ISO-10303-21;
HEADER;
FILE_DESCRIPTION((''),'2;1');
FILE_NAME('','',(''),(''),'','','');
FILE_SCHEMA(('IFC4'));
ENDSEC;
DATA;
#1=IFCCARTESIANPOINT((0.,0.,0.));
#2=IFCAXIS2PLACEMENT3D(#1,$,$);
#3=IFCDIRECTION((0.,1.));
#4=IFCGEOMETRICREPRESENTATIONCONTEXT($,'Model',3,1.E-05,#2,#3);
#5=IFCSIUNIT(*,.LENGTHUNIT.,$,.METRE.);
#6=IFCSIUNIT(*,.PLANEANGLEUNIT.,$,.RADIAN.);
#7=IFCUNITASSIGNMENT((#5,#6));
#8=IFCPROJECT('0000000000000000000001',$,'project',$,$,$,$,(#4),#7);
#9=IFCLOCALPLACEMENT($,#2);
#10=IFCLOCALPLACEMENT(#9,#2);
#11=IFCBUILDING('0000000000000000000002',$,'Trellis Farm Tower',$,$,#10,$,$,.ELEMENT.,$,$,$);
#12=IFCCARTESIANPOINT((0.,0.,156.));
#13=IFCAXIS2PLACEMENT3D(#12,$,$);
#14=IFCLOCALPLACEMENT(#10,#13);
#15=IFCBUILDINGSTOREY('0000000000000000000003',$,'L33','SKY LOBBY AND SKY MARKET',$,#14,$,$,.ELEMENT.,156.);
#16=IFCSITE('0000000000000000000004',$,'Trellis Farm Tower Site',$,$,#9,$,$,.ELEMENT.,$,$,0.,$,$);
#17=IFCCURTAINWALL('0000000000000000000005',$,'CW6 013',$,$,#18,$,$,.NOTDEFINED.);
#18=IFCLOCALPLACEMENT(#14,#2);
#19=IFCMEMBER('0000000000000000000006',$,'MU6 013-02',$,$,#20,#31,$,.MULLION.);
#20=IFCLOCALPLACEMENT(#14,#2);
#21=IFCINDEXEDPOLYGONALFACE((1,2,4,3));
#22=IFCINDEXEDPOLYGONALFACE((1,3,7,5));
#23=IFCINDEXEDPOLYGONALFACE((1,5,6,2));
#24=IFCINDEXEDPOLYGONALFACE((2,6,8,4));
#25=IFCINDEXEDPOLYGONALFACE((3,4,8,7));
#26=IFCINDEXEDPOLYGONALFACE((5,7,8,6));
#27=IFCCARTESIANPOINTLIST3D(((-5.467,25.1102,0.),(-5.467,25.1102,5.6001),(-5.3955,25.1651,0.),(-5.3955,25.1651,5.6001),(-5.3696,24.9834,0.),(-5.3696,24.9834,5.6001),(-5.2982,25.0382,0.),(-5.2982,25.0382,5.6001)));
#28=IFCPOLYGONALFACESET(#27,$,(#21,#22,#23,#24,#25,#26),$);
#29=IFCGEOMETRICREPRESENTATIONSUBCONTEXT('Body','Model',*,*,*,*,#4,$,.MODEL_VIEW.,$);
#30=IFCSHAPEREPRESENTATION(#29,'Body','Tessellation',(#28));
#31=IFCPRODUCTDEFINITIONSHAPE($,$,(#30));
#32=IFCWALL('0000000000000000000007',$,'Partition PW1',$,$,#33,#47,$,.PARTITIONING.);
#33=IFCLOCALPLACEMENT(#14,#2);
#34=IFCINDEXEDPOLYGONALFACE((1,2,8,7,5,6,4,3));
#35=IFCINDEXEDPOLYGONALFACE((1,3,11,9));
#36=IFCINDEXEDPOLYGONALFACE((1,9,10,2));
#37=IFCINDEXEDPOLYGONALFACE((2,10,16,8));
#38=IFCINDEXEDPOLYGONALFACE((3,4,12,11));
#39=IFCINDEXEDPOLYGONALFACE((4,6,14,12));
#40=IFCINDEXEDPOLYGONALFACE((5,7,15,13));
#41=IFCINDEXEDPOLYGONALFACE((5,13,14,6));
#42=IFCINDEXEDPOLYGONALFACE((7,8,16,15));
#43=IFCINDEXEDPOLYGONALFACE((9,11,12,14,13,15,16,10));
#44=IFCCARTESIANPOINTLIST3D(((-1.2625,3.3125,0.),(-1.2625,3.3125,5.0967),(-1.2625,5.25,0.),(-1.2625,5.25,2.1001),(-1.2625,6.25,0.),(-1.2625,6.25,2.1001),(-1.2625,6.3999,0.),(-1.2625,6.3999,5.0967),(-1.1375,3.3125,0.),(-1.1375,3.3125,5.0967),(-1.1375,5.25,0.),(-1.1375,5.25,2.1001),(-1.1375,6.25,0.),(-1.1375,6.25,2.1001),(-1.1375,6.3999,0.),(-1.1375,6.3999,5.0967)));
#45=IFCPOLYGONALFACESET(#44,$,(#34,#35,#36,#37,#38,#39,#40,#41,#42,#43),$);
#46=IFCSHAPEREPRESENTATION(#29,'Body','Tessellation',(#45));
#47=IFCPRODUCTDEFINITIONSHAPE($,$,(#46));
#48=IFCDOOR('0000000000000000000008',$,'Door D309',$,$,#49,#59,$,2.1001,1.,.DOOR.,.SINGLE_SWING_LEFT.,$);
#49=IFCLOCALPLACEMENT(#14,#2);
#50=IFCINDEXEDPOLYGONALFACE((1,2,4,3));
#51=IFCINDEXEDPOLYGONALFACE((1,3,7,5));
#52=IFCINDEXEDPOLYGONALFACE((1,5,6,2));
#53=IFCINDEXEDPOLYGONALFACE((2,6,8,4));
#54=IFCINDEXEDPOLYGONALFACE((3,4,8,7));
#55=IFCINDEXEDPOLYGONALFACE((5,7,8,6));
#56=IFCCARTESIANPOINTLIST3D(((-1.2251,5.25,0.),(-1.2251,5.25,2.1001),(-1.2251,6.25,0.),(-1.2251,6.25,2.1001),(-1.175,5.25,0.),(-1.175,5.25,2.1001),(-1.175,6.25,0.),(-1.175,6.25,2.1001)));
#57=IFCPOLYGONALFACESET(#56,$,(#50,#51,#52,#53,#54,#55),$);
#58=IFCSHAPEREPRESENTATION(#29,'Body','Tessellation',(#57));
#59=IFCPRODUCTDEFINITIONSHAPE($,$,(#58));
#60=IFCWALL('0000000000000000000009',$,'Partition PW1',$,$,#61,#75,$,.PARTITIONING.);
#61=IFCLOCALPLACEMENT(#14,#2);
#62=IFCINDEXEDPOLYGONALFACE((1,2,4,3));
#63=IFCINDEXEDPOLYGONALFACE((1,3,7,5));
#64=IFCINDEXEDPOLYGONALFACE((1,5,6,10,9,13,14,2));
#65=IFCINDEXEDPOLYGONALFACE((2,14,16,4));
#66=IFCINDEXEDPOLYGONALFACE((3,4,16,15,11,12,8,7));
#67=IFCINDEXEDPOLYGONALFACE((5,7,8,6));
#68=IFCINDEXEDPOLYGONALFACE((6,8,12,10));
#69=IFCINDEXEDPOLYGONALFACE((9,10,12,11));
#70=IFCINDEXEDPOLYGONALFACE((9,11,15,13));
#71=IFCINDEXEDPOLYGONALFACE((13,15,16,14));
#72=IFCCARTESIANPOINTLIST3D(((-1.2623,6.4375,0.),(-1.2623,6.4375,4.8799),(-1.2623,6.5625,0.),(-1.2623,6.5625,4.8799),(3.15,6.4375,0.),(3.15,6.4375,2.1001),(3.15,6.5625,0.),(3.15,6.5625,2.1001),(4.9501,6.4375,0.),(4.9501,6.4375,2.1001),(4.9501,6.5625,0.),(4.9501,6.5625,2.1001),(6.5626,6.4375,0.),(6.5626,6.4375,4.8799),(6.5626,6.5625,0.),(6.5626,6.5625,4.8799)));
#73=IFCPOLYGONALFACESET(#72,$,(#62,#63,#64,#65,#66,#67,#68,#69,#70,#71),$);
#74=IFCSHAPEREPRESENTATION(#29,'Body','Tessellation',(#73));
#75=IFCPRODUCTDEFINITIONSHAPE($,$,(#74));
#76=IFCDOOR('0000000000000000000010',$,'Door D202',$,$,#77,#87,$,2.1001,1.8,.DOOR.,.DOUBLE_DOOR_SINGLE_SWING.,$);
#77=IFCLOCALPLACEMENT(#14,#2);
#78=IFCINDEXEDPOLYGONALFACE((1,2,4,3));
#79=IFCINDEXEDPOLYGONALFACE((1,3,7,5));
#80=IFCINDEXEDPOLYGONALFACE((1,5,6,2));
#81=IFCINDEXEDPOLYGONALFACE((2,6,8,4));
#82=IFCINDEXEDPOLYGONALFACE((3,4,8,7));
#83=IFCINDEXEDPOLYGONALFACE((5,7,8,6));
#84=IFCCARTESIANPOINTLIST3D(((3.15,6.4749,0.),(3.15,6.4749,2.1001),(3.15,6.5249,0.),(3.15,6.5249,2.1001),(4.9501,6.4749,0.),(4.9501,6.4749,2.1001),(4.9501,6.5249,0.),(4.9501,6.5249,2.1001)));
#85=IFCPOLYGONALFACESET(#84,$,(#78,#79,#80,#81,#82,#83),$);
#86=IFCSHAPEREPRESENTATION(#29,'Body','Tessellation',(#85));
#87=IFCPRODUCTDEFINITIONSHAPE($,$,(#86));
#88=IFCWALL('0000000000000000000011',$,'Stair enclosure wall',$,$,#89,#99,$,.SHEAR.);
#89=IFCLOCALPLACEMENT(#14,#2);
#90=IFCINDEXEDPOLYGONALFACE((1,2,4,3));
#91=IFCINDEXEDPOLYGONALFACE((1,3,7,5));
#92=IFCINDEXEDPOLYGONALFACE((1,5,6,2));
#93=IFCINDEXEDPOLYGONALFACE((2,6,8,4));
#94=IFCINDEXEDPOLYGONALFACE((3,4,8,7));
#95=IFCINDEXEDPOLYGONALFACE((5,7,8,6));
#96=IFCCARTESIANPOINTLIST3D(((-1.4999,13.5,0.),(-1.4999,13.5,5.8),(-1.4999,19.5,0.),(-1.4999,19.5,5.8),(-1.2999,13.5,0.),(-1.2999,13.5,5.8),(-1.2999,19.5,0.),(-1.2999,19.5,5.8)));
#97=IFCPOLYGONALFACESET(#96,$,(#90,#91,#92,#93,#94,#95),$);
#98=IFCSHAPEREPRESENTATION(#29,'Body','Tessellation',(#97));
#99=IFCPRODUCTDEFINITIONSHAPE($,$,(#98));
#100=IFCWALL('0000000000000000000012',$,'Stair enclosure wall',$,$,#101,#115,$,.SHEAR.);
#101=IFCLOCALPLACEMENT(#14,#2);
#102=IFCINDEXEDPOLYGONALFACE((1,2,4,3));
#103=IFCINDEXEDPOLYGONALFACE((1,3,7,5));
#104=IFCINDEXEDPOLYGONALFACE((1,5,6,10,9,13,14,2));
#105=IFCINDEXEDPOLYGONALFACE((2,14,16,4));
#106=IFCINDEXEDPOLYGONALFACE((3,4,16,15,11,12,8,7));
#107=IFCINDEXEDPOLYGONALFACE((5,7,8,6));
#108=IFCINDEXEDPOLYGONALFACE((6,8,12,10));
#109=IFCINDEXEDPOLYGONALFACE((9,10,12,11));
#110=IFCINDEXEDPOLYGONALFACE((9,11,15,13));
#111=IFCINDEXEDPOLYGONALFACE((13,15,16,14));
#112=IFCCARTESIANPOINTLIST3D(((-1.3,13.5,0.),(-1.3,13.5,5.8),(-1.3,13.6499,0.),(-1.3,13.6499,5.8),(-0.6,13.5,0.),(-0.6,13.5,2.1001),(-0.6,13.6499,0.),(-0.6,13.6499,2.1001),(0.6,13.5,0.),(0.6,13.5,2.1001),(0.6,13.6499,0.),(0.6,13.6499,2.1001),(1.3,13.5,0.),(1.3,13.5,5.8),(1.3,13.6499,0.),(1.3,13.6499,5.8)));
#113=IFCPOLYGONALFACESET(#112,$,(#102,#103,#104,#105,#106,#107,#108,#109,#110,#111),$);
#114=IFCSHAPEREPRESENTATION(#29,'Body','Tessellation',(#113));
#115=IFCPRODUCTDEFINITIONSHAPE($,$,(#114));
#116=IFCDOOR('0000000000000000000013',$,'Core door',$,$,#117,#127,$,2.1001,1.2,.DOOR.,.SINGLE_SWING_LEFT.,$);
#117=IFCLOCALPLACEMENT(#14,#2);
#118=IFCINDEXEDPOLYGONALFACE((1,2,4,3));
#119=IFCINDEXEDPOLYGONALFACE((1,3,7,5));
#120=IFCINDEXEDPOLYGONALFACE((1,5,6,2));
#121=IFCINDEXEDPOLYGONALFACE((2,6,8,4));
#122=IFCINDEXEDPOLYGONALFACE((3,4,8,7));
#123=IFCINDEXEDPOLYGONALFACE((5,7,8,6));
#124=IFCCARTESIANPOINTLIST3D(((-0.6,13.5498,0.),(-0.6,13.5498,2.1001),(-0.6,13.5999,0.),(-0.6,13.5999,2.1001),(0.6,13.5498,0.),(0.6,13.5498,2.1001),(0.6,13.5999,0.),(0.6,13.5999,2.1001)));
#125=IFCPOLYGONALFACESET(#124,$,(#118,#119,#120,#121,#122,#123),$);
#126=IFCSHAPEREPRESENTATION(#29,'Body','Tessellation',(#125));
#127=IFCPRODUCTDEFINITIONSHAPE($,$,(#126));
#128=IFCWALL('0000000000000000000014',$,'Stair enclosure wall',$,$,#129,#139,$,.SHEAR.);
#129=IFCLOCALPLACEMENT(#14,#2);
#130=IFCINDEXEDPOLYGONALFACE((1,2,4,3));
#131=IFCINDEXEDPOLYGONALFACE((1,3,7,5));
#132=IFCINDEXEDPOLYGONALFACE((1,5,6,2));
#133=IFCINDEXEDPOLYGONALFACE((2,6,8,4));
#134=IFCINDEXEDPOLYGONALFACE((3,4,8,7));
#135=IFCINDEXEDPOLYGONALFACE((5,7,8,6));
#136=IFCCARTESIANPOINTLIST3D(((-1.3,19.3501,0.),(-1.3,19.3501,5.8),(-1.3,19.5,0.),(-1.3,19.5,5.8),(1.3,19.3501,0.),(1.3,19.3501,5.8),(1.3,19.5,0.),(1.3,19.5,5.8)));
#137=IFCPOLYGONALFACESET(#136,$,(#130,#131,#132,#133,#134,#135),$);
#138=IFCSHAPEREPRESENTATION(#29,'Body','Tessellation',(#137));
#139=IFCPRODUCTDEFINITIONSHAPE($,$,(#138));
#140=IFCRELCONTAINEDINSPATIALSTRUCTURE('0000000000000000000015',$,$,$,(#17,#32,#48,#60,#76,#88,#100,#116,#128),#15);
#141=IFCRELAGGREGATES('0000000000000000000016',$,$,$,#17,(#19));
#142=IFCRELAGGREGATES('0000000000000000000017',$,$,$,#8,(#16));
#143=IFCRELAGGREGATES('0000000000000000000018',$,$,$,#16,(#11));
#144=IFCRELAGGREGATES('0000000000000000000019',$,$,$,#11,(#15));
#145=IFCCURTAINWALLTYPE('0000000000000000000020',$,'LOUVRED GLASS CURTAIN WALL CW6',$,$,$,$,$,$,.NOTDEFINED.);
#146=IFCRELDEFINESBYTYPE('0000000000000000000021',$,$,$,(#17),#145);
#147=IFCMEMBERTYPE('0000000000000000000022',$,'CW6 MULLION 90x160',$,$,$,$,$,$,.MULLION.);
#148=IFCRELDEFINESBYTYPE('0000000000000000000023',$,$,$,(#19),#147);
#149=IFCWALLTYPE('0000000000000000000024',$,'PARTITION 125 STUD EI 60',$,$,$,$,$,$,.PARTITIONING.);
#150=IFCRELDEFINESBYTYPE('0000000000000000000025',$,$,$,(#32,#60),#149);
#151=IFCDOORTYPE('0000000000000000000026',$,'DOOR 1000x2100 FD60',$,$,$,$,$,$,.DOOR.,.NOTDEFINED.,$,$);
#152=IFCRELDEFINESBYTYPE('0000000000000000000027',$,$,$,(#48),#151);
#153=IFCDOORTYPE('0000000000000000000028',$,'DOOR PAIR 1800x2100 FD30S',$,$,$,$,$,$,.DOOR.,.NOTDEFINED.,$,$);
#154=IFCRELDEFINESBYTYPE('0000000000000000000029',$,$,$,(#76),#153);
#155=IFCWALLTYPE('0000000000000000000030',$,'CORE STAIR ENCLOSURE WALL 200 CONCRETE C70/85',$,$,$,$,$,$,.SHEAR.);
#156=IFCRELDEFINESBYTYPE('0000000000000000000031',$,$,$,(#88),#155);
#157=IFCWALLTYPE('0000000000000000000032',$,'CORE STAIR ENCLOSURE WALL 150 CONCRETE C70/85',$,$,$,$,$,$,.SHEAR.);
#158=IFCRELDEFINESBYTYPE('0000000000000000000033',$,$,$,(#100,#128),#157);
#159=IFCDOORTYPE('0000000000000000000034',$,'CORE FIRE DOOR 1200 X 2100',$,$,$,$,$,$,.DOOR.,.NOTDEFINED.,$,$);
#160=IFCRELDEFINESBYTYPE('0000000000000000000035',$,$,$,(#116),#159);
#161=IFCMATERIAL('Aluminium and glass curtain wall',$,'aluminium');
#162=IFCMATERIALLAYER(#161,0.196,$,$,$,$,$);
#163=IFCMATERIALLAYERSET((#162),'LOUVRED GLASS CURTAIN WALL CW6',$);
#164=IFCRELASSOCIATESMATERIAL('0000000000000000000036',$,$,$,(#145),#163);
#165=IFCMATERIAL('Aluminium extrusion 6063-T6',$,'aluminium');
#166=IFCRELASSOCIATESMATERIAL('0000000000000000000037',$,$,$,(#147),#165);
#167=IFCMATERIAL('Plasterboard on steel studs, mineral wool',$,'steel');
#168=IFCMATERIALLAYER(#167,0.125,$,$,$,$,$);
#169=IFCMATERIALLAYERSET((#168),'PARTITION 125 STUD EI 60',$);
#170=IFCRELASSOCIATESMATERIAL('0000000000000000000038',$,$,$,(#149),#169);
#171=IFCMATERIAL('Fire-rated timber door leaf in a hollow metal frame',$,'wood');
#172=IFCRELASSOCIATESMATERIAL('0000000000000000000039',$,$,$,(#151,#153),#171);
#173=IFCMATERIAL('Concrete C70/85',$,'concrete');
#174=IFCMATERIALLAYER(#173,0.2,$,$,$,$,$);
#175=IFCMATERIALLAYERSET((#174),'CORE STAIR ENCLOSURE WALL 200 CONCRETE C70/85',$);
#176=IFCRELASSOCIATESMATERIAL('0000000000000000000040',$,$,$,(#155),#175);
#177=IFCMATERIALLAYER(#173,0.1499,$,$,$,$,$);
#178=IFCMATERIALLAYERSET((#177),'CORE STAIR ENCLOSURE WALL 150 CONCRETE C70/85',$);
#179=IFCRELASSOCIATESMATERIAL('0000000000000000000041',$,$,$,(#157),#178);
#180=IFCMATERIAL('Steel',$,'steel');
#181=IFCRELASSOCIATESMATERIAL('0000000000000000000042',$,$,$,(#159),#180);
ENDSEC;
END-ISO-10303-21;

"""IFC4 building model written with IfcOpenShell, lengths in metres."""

from ifc_helpers import new_model, si_unit, direction, frame, frame_2d, origin, origin_2d, place, context, subcontext, project, spatial, rectangle, extrude, source, transform, mapped, material, layer, layer_set, material_profile, profile_set, type_object, element, fill, aggregate, save


model = new_model("IFC4")

# Units and contexts
model_context = context("Model", 3, precision=1e-05, world=origin(), true_north=direction((0.0, 1.0)))
body_context = subcontext(model_context, "Body", "Model", "MODEL_VIEW")
ifc_project = project(units=[si_unit("LENGTHUNIT", "METRE"), si_unit("PLANEANGLEUNIT", "RADIAN")], contexts=[model_context])

# Site, building, storey
site_placement = place(None, origin())
site = spatial("IfcSite", under=ifc_project, at=site_placement, Name="Trellis Farm Tower Site", CompositionType="ELEMENT", RefElevation=0.0)
building_placement = place(site_placement, origin())
building = spatial("IfcBuilding", under=site, at=building_placement, Name="Trellis Farm Tower", CompositionType="ELEMENT")
storey_placement = place(building_placement, frame((0.0, 0.0, 156.0)))
storey = spatial("IfcBuildingStorey", under=building, at=storey_placement, Name="L33", Description="SKY LOBBY AND SKY MARKET", CompositionType="ELEMENT", Elevation=156.0)

# Shared definitions
ifc_material_1 = material(Name="Concrete C70/85", Category="concrete")

# Curtain wall, member
ifc_material_2 = material(Name="Aluminium and glass curtain wall", Category="aluminium")
ifc_layer_1 = layer(ifc_material_2, 0.196)
ifc_layer_set_1 = layer_set([ifc_layer_1], Name="LOUVRED GLASS CURTAIN WALL CW6")
curtain_wall_type = type_object("IfcCurtainWallType", Name="LOUVRED GLASS CURTAIN WALL CW6", PredefinedType="NOTDEFINED", material=ifc_layer_set_1)
placement = place(storey_placement, origin())
curtain_wall = element("IfcCurtainWall", 1, at=placement, inside=storey, type_object=curtain_wall_type, Name="CW6 013", PredefinedType="NOTDEFINED")
ifc_material_3 = material(Name="Aluminium extrusion 6063-T6", Category="aluminium")
ifc_material_profile_1 = material_profile(ifc_material_3, rectangle(XDim=0.0901, YDim=0.1599, at=origin_2d()), Name="MULLION 90x160")
ifc_profile_set_1 = profile_set([ifc_material_profile_1], Name="Aluminium extrusion 6063-T6")
member_type = type_object("IfcMemberType", Name="CW6 MULLION 90x160", PredefinedType="MULLION", material=ifc_profile_set_1)
shared_shape_1 = source(origin(), body_context, "Body", "SweptSolid", [
    extrude(rectangle(XDim=0.0901, YDim=0.1599, at=origin_2d()), origin(), (0.0, 0.0, 1.0), 5.6001),
])
member_placement = place(storey_placement, frame((-5.3826, 25.0742, 0.0), z_axis=(0.0, 0.0, 1.0), x_axis=(-0.793353, -0.608761, 0.0)))
member = element("IfcMember", 2, at=member_placement, type_object=member_type, Name="MU6 013-02", PredefinedType="MULLION", context=body_context, shape_type="MappedRepresentation", body=[
    mapped(shared_shape_1, transform((0.0, 0.0, 0.0))),
])
aggregate(curtain_wall, [member])

# Walls, openings, doors
ifc_material_4 = material(Name="Plasterboard on steel studs, mineral wool", Category="steel")
ifc_layer_2 = layer(ifc_material_4, 0.125)
ifc_layer_set_2 = layer_set([ifc_layer_2], Name="PARTITION 125 STUD EI 60")
wall_type_1 = type_object("IfcWallType", Name="PARTITION 125 STUD EI 60", PredefinedType="PARTITIONING", material=ifc_layer_set_2)
wall_1_placement = place(storey_placement, frame((-1.2, 6.3999, 0.0), z_axis=(0.0, 0.0, 1.0), x_axis=(0.0, -1.0, 0.0)))
wall_1 = element("IfcWall", 3, at=wall_1_placement, inside=storey, type_object=wall_type_1, Name="Partition PW1", PredefinedType="PARTITIONING", context=body_context, shape_type="SweptSolid", body=[
    extrude(rectangle(XDim=3.0874, YDim=0.125, at=frame_2d((1.5437, 0.0))), origin(), (0.0, 0.0, 1.0), 5.0967),
])
shared_shape_2 = source(origin(), body_context, "Body", "SweptSolid", [
    extrude(rectangle(XDim=1.0, YDim=2.1001, at=frame_2d((0.5, 1.05))), frame((0.0, 0.0725, 0.0), z_axis=(0.0, -1.0, 0.0), x_axis=(1.0, 0.0, 0.0)), (0.0, 0.0, 1.0), 0.145),
])
opening_1_placement = place(wall_1_placement, frame((0.1499, 0.0, 0.0)))
opening_1 = element("IfcOpeningElement", 4, at=opening_1_placement, cuts=wall_1, PredefinedType="OPENING", context=body_context, shape_type="MappedRepresentation", body=[
    mapped(shared_shape_2, transform((0.0, 0.0, 0.0))),
])
ifc_material_5 = material(Name="Fire-rated timber door leaf in a hollow metal frame", Category="wood")
door_type_1 = type_object("IfcDoorType", Name="DOOR 1000x2100 FD60", OperationType="NOTDEFINED", PredefinedType="DOOR", material=ifc_material_5)
shared_shape_3 = source(origin(), body_context, "Body", "SweptSolid", [
    extrude(rectangle(XDim=1.0, YDim=2.1001, at=frame_2d((0.5, 1.05))), frame((0.0, 0.0249, 0.0), z_axis=(0.0, -1.0, 0.0), x_axis=(1.0, 0.0, 0.0)), (0.0, 0.0, 1.0), 0.05),
])
door_1_placement = place(opening_1_placement, origin())
door_1 = element("IfcDoor", 5, at=door_1_placement, inside=storey, type_object=door_type_1, Name="Door D309", OperationType="SINGLE_SWING_LEFT", OverallHeight=2.1001, OverallWidth=1.0, PredefinedType="DOOR", context=body_context, shape_type="MappedRepresentation", body=[
    mapped(shared_shape_3, transform((0.0, 0.0, 0.0))),
])
fill(opening_1, door_1)
wall_2_placement = place(storey_placement, frame((-1.2625, 6.5, 0.0), z_axis=(0.0, 0.0, 1.0), x_axis=(1.0, 0.0, 0.0)))
wall_2 = element("IfcWall", 6, at=wall_2_placement, inside=storey, type_object=wall_type_1, Name="Partition PW1", PredefinedType="PARTITIONING", context=body_context, shape_type="SweptSolid", body=[
    extrude(rectangle(XDim=7.825, YDim=0.125, at=frame_2d((3.9126, 0.0))), origin(), (0.0, 0.0, 1.0), 4.8799),
])
shared_shape_4 = source(origin(), body_context, "Body", "SweptSolid", [
    extrude(rectangle(XDim=1.8, YDim=2.1001, at=frame_2d((0.8999, 1.05))), frame((0.0, 0.0725, 0.0), z_axis=(0.0, -1.0, 0.0), x_axis=(1.0, 0.0, 0.0)), (0.0, 0.0, 1.0), 0.145),
])
opening_2_placement = place(wall_2_placement, frame((4.4126, 0.0, 0.0)))
opening_2 = element("IfcOpeningElement", 7, at=opening_2_placement, cuts=wall_2, PredefinedType="OPENING", context=body_context, shape_type="MappedRepresentation", body=[
    mapped(shared_shape_4, transform((0.0, 0.0, 0.0))),
])
door_type_2 = type_object("IfcDoorType", Name="DOOR PAIR 1800x2100 FD30S", OperationType="NOTDEFINED", PredefinedType="DOOR", material=ifc_material_5)
shared_shape_5 = source(origin(), body_context, "Body", "SweptSolid", [
    extrude(rectangle(XDim=1.8, YDim=2.1001, at=frame_2d((0.8999, 1.05))), frame((0.0, 0.0249, 0.0), z_axis=(0.0, -1.0, 0.0), x_axis=(1.0, 0.0, 0.0)), (0.0, 0.0, 1.0), 0.05),
])
door_2_placement = place(opening_2_placement, origin())
door_2 = element("IfcDoor", 8, at=door_2_placement, inside=storey, type_object=door_type_2, Name="Door D202", OperationType="DOUBLE_DOOR_SINGLE_SWING", OverallHeight=2.1001, OverallWidth=1.8, PredefinedType="DOOR", context=body_context, shape_type="MappedRepresentation", body=[
    mapped(shared_shape_5, transform((0.0, 0.0, 0.0))),
])
fill(opening_2, door_2)

# Wall
ifc_layer_3 = layer(ifc_material_1, 0.2)
ifc_layer_set_3 = layer_set([ifc_layer_3], Name="CORE STAIR ENCLOSURE WALL 200 CONCRETE C70/85")
wall_type_2 = type_object("IfcWallType", Name="CORE STAIR ENCLOSURE WALL 200 CONCRETE C70/85", PredefinedType="SHEAR", material=ifc_layer_set_3)
shared_shape_6 = source(origin(), body_context, "Body", "SweptSolid", [
    extrude(rectangle(XDim=6.0, YDim=0.2, at=frame_2d((3.0, 0.0))), origin(), (0.0, 0.0, 1.0), 5.8),
])
wall_3_placement = place(storey_placement, frame((-1.3999, 13.5, 0.0), z_axis=(0.0, 0.0, 1.0), x_axis=(0.0, 1.0, 0.0)))
element("IfcWall", 9, at=wall_3_placement, inside=storey, type_object=wall_type_2, Name="Stair enclosure wall", PredefinedType="SHEAR", context=body_context, shape_type="MappedRepresentation", body=[
    mapped(shared_shape_6, transform((0.0, 0.0, 0.0))),
])

# Wall, opening, door
ifc_layer_4 = layer(ifc_material_1, 0.1499)
ifc_layer_set_4 = layer_set([ifc_layer_4], Name="CORE STAIR ENCLOSURE WALL 150 CONCRETE C70/85")
wall_type_3 = type_object("IfcWallType", Name="CORE STAIR ENCLOSURE WALL 150 CONCRETE C70/85", PredefinedType="SHEAR", material=ifc_layer_set_4)
shared_shape_7 = source(origin(), body_context, "Body", "SweptSolid", [
    extrude(rectangle(XDim=2.6001, YDim=0.1499, at=frame_2d((1.3, 0.0))), origin(), (0.0, 0.0, 1.0), 5.8),
])
wall_4_placement = place(storey_placement, frame((-1.3, 13.575, 0.0), z_axis=(0.0, 0.0, 1.0), x_axis=(1.0, 0.0, 0.0)))
wall_4 = element("IfcWall", 10, at=wall_4_placement, inside=storey, type_object=wall_type_3, Name="Stair enclosure wall", PredefinedType="SHEAR", context=body_context, shape_type="MappedRepresentation", body=[
    mapped(shared_shape_7, transform((0.0, 0.0, 0.0))),
])
shared_shape_8 = source(origin(), body_context, "Body", "SweptSolid", [
    extrude(rectangle(XDim=1.2, YDim=2.1001, at=frame_2d((0.6001, 1.05))), frame((0.0, 0.085, 0.0), z_axis=(0.0, -1.0, 0.0), x_axis=(1.0, 0.0, 0.0)), (0.0, 0.0, 1.0), 0.1699),
])
opening_3_placement = place(wall_4_placement, frame((0.7, 0.0, 0.0)))
opening_3 = element("IfcOpeningElement", 11, at=opening_3_placement, cuts=wall_4, PredefinedType="OPENING", context=body_context, shape_type="MappedRepresentation", body=[
    mapped(shared_shape_8, transform((0.0, 0.0, 0.0))),
])
ifc_material_6 = material(Name="Steel", Category="steel")
door_type_3 = type_object("IfcDoorType", Name="CORE FIRE DOOR 1200 X 2100", OperationType="NOTDEFINED", PredefinedType="DOOR", material=ifc_material_6)
shared_shape_9 = source(origin(), body_context, "Body", "SweptSolid", [
    extrude(rectangle(XDim=1.2, YDim=2.1001, at=frame_2d((0.6001, 1.05))), frame((0.0, 0.0249, 0.0), z_axis=(0.0, -1.0, 0.0), x_axis=(1.0, 0.0, 0.0)), (0.0, 0.0, 1.0), 0.05),
])
door_3_placement = place(opening_3_placement, origin())
door_3 = element("IfcDoor", 12, at=door_3_placement, inside=storey, type_object=door_type_3, Name="Core door", OperationType="SINGLE_SWING_LEFT", OverallHeight=2.1001, OverallWidth=1.2, PredefinedType="DOOR", context=body_context, shape_type="MappedRepresentation", body=[
    mapped(shared_shape_9, transform((0.0, 0.0, 0.0))),
])
fill(opening_3, door_3)

# Wall
wall_5_placement = place(storey_placement, frame((-1.3, 19.425, 0.0), z_axis=(0.0, 0.0, 1.0), x_axis=(1.0, 0.0, 0.0)))
element("IfcWall", 13, at=wall_5_placement, inside=storey, type_object=wall_type_3, Name="Stair enclosure wall", PredefinedType="SHEAR", context=body_context, shape_type="MappedRepresentation", body=[
    mapped(shared_shape_7, transform((0.0, 0.0, 0.0))),
])

save(model, "model.ifc")
